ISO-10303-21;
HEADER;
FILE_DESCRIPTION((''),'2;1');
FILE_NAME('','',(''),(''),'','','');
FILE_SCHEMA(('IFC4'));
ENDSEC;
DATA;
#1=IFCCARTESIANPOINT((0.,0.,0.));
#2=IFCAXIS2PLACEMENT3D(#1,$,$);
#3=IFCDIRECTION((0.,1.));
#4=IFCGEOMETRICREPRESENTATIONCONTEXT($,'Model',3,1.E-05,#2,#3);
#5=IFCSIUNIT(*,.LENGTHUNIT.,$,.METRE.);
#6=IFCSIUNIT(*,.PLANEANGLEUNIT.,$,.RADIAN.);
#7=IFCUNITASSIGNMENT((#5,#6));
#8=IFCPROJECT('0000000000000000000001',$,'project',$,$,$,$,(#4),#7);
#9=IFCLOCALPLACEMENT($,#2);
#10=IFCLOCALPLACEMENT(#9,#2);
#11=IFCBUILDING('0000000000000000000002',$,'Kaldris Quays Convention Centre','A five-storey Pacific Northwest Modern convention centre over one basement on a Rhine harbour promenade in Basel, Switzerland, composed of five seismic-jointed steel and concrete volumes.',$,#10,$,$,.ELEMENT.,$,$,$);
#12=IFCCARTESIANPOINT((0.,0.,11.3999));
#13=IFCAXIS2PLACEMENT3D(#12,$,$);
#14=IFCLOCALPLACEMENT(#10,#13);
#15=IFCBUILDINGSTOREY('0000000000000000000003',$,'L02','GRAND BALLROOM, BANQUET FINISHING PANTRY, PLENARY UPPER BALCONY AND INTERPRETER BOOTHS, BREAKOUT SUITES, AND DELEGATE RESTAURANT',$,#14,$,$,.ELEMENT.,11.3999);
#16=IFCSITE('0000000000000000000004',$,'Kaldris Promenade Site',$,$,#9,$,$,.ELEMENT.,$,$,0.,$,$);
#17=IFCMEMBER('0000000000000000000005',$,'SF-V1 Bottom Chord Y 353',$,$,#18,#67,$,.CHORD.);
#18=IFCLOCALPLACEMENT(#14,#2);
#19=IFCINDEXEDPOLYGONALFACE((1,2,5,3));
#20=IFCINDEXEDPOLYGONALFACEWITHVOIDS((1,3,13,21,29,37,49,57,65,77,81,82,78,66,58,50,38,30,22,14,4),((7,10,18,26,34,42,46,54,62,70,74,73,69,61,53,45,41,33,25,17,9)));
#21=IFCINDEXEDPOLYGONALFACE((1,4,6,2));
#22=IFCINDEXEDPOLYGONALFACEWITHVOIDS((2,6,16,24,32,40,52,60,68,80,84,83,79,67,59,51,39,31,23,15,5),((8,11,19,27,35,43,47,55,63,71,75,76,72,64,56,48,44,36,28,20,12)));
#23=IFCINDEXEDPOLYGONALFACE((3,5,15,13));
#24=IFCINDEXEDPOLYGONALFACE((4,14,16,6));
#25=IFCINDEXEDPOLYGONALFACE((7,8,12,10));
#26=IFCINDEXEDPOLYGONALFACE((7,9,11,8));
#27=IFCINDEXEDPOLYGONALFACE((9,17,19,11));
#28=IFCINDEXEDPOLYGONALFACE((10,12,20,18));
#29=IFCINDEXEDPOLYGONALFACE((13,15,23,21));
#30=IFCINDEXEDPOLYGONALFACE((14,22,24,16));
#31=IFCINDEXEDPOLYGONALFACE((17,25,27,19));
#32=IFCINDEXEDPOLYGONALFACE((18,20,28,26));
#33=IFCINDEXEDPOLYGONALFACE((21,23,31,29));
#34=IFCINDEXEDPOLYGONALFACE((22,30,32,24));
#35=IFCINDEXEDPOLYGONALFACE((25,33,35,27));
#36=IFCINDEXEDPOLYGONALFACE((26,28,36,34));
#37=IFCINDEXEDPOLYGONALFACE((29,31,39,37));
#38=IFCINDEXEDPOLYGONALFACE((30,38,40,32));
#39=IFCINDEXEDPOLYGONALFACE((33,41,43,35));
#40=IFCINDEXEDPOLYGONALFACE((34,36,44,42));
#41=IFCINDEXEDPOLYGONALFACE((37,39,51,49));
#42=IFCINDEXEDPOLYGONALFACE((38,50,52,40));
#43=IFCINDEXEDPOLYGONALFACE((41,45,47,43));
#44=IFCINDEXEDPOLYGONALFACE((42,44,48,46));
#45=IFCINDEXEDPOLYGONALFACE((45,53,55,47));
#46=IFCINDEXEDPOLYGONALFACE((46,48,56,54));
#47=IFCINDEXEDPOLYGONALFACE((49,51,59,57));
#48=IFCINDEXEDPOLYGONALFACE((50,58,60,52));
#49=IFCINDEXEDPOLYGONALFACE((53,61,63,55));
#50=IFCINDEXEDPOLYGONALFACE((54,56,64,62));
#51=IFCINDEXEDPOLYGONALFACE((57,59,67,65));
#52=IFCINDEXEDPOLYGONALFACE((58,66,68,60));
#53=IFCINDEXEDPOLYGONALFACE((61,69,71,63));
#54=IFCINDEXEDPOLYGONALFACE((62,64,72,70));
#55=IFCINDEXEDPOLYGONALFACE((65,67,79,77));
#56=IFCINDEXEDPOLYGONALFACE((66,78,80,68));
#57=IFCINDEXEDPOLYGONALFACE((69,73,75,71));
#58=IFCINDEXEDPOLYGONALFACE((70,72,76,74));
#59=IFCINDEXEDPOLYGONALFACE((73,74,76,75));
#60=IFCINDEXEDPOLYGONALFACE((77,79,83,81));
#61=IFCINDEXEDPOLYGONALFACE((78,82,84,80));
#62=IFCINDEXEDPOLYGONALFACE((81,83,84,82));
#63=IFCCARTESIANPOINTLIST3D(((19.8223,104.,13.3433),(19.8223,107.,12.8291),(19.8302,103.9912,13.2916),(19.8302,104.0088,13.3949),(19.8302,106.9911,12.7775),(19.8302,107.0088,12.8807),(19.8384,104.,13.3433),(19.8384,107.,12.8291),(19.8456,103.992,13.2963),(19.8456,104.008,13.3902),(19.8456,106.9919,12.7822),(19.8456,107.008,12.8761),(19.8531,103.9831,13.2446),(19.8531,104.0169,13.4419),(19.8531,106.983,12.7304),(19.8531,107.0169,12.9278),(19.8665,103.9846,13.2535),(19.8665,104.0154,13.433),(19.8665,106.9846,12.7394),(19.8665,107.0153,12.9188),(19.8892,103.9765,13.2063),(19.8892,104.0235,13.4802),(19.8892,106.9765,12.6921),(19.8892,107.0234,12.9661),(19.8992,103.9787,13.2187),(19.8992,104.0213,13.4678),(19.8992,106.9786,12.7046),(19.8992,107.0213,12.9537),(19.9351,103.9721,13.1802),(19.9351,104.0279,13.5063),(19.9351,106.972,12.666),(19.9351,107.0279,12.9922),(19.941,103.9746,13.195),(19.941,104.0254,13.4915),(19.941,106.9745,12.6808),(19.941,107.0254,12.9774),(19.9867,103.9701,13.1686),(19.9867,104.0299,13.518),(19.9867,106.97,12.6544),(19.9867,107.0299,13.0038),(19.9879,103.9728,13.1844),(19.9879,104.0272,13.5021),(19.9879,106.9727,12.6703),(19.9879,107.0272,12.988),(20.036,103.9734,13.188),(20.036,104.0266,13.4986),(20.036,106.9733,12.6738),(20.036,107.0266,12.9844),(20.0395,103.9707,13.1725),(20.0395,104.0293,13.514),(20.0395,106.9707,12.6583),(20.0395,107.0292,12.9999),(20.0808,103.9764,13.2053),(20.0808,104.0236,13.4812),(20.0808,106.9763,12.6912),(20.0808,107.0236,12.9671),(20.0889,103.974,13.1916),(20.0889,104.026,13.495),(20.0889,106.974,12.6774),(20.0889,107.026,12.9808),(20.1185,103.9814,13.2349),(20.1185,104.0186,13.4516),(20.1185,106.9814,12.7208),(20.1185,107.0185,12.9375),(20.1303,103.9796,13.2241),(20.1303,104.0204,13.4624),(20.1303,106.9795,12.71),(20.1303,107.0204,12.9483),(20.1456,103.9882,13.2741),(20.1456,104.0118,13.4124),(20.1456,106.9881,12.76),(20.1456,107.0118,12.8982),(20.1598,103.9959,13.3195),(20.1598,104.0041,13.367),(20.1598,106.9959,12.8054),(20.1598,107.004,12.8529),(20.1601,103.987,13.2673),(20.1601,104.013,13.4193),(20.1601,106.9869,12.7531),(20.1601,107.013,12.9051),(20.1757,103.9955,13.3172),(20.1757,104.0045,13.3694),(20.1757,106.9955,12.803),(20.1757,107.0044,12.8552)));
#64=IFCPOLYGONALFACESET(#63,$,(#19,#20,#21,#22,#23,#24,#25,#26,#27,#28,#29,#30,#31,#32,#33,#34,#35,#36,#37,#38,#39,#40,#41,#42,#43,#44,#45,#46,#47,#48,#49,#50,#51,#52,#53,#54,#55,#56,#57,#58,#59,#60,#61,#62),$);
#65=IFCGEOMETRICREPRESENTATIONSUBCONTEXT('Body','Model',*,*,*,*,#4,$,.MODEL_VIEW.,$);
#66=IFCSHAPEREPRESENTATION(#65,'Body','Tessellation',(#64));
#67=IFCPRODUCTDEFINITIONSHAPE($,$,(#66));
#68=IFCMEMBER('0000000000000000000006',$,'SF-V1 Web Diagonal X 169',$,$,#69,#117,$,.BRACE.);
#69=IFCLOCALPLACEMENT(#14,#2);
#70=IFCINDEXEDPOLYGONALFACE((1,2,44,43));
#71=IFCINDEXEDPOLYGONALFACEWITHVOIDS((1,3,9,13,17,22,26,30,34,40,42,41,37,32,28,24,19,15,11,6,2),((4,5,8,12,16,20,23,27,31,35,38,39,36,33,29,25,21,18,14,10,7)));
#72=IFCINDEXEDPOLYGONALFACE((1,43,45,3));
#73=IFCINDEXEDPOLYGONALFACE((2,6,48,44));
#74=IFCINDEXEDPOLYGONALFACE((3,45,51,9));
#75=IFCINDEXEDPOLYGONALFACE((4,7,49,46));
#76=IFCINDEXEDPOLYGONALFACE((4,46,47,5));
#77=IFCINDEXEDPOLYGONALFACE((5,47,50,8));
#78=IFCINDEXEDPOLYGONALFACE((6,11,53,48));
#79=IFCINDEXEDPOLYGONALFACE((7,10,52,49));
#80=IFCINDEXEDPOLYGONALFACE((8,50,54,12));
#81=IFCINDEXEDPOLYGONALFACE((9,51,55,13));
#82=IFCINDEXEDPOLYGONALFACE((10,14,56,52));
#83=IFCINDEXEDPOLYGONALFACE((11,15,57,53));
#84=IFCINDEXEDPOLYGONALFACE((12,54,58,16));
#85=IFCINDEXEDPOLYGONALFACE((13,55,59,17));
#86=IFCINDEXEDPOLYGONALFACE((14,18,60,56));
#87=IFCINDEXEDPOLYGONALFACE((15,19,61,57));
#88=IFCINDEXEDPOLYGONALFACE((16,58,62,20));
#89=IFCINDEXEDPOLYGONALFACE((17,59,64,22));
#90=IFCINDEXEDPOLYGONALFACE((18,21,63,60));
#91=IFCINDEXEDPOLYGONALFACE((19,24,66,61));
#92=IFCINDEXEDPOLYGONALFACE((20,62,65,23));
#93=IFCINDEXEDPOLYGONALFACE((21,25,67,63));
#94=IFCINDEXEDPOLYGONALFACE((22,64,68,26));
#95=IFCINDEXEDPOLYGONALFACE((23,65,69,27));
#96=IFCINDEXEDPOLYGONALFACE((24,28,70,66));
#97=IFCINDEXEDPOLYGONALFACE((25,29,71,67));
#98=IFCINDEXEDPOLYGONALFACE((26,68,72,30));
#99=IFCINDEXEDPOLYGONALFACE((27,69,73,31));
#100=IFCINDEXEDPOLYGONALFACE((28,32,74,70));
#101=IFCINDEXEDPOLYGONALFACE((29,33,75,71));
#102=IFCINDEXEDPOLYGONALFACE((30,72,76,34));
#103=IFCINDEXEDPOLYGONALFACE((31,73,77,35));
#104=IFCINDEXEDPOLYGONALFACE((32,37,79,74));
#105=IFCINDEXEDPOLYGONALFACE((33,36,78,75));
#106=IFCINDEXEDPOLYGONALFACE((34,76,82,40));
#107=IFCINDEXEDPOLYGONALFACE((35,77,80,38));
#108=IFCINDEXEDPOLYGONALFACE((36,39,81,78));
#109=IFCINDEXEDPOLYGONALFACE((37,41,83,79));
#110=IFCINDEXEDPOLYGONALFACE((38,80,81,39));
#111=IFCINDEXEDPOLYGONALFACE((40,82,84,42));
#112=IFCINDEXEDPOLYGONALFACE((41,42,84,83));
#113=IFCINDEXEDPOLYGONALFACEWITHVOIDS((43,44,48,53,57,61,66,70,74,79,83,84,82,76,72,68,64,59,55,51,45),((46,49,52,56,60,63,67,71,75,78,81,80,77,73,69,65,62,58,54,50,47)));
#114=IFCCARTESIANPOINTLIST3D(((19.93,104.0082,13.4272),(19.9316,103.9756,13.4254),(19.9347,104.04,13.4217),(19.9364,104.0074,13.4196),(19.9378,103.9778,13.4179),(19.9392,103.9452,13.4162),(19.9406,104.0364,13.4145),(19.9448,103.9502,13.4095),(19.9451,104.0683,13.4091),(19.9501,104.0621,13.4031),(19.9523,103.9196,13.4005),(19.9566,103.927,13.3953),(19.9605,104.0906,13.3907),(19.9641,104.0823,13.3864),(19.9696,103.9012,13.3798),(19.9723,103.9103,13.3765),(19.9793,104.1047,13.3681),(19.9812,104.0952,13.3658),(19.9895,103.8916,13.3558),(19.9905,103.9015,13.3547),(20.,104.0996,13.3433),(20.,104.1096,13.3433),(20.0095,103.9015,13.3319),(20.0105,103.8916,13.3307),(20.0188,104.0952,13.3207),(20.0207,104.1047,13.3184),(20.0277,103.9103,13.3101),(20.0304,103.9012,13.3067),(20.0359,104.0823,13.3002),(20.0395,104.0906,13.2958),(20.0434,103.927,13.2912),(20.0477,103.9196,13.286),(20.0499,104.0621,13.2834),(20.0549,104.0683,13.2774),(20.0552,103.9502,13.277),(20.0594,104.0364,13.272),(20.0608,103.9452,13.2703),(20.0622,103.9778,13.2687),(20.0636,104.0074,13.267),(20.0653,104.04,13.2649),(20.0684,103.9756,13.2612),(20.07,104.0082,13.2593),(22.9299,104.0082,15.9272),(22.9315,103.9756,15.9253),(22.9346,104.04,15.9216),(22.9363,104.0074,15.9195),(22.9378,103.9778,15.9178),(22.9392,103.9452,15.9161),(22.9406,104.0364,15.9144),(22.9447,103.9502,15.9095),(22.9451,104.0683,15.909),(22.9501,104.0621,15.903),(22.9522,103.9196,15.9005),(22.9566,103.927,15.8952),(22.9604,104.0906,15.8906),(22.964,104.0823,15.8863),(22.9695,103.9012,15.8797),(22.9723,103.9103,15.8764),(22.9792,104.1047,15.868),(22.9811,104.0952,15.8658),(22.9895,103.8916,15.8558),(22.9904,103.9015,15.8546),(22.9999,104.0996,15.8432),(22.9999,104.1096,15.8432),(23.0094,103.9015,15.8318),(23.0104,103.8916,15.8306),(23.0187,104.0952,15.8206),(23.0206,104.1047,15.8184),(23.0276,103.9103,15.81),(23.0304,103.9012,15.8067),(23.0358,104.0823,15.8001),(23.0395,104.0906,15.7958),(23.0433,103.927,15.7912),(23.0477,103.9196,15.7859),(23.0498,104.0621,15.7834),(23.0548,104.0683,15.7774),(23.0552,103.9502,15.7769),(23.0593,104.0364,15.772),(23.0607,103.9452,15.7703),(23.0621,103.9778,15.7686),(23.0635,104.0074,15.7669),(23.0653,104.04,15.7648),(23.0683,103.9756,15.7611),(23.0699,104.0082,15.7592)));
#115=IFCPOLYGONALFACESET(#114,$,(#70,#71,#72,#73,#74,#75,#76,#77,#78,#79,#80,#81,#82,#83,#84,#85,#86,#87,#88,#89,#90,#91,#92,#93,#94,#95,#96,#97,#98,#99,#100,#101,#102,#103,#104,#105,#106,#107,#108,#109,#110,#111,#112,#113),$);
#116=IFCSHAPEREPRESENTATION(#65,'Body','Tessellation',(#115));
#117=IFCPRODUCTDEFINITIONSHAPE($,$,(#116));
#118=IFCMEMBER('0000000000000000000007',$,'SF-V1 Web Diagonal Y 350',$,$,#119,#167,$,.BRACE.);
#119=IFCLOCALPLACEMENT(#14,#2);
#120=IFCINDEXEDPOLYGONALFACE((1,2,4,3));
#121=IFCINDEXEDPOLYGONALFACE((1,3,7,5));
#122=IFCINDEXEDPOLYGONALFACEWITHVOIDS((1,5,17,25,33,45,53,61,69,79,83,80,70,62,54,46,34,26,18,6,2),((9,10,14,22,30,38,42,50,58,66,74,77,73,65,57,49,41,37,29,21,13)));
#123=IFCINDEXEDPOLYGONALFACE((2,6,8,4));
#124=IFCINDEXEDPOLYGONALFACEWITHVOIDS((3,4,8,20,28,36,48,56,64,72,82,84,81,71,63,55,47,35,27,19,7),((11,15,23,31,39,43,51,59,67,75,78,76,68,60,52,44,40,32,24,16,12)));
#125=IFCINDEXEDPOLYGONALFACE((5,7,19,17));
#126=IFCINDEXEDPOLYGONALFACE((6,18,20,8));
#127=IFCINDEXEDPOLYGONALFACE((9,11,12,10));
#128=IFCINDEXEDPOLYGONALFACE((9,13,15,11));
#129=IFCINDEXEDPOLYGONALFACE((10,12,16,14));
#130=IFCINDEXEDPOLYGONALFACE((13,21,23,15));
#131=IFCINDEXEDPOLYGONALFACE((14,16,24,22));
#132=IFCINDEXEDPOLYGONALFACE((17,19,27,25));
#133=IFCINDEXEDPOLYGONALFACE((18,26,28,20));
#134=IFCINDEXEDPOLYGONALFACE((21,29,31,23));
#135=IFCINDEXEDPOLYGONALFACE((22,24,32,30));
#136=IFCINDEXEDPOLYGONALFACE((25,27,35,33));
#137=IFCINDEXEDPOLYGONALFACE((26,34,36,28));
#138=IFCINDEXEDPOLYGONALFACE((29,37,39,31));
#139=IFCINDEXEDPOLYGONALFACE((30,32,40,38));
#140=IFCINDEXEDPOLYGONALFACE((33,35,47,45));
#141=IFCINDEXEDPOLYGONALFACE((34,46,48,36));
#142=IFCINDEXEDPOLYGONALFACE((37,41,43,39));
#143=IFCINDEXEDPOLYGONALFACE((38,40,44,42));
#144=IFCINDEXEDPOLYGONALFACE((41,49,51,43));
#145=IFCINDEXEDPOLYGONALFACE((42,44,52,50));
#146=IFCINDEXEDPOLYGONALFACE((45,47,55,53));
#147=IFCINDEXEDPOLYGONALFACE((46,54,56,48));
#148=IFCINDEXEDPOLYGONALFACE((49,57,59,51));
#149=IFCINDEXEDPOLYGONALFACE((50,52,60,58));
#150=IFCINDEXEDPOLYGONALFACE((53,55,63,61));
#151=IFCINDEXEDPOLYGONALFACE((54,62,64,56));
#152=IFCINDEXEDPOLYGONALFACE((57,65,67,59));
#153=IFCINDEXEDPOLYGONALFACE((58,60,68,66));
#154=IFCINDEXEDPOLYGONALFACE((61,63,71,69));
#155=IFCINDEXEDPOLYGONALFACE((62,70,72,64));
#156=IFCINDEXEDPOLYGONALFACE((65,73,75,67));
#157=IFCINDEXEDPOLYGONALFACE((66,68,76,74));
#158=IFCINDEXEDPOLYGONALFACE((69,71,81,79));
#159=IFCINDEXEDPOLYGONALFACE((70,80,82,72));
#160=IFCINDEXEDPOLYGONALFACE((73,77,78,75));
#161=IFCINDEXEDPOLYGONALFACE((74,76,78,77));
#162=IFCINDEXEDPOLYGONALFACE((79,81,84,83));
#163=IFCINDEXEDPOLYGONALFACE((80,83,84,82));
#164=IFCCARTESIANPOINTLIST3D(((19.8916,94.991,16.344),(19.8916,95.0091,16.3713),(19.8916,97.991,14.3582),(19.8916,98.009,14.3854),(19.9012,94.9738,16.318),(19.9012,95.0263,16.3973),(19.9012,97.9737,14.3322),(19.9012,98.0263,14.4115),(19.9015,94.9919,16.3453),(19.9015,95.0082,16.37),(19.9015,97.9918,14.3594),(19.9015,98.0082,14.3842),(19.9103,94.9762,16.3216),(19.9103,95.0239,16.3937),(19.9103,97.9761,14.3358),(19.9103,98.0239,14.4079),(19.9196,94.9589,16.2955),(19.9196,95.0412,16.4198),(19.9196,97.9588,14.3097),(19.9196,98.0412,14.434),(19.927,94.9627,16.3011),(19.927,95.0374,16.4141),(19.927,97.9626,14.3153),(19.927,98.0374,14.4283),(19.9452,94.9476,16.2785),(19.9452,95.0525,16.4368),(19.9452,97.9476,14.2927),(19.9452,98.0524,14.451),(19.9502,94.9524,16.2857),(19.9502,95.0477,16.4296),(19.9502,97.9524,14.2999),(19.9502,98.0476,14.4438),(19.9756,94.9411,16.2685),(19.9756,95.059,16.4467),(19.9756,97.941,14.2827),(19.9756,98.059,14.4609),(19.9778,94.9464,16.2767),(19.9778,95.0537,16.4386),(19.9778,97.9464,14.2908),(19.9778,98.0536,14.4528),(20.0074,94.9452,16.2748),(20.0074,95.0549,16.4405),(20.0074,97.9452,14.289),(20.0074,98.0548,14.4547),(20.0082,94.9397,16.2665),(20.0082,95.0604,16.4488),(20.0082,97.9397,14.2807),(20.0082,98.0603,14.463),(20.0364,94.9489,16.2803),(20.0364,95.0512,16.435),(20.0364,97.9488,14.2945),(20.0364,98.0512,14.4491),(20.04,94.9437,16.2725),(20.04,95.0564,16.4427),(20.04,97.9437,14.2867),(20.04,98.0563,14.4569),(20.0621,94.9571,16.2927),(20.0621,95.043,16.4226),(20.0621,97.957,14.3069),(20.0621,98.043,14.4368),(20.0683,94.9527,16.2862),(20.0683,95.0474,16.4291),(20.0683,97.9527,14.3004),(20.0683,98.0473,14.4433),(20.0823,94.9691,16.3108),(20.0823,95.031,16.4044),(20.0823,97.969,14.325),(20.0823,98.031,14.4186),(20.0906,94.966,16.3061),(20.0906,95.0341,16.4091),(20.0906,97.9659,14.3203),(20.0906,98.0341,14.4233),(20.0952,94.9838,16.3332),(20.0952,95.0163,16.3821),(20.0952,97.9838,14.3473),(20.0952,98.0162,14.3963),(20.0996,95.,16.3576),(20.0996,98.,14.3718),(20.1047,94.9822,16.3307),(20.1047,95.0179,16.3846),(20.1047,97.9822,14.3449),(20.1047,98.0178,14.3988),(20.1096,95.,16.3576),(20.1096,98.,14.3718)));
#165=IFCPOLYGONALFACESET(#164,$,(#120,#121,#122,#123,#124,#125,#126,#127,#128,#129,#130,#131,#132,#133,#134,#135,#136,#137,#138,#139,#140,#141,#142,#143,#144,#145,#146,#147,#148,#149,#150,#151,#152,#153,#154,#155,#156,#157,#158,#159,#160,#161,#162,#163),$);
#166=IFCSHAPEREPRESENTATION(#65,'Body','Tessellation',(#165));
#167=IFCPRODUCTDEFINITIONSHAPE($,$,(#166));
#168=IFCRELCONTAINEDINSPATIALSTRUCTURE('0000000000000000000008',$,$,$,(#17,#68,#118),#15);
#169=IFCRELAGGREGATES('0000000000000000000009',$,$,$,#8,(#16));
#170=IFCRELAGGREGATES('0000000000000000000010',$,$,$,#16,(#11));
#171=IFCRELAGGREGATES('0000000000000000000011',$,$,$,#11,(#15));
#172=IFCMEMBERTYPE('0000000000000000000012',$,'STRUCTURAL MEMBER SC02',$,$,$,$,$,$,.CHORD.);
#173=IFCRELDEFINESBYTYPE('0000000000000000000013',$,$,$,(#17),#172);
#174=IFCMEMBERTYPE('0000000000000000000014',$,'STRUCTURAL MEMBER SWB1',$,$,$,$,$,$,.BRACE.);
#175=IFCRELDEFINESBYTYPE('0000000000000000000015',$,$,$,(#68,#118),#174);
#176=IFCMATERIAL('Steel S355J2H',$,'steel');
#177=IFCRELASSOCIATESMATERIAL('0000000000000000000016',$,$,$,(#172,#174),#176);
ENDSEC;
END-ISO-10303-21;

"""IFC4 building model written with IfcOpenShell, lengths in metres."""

from ifc_helpers import new_model, si_unit, direction, frame, origin, origin_2d, place, context, subcontext, project, spatial, hollow_circle, extrude, material, material_profile, profile_set, type_object, element, save


model = new_model("IFC4")

# Units and contexts
model_context = context("Model", 3, precision=1e-05, world=origin(), true_north=direction((0.0, 1.0)))
body_context = subcontext(model_context, "Body", "Model", "MODEL_VIEW")
ifc_project = project(units=[si_unit("LENGTHUNIT", "METRE"), si_unit("PLANEANGLEUNIT", "RADIAN")], contexts=[model_context])

# Site, building, storey
site_placement = place(None, origin())
site = spatial("IfcSite", under=ifc_project, at=site_placement, Name="Kaldris Promenade Site", CompositionType="ELEMENT", RefElevation=0.0)
building_placement = place(site_placement, origin())
building = spatial("IfcBuilding", under=site, at=building_placement, Name="Kaldris Quays Convention Centre", Description="A five-storey Pacific Northwest Modern convention centre over one basement on a Rhine harbour promenade in Basel, Switzerland, composed of five seismic-jointed steel and concrete volumes.", CompositionType="ELEMENT")
storey_placement = place(building_placement, frame((0.0, 0.0, 11.3999)))
storey = spatial("IfcBuildingStorey", under=building, at=storey_placement, Name="L02", Description="GRAND BALLROOM, BANQUET FINISHING PANTRY, PLENARY UPPER BALCONY AND INTERPRETER BOOTHS, BREAKOUT SUITES, AND DELEGATE RESTAURANT", CompositionType="ELEMENT", Elevation=11.3999)

# Members
ifc_material_1 = material(Name="Steel S355J2H", Category="steel")
ifc_material_profile_1 = material_profile(ifc_material_1, hollow_circle(Radius=0.1777, WallThickness=0.0161, at=origin_2d()), Name="CHS 355.6x16")
ifc_profile_set_1 = profile_set([ifc_material_profile_1], Name="Steel S355J2H")
member_type_1 = type_object("IfcMemberType", Name="STRUCTURAL MEMBER SC02", PredefinedType="CHORD", material=ifc_profile_set_1)
for number, where, z_axis, x_axis, name in (
    (1, (20.0, 104.0, 13.3433), (0.0, 0.985629, -0.168924), (-1.0, 0.0, 0.0), "SF-V1 Bottom Chord Y 353"),
):
    element("IfcMember", number, at=place(storey_placement, frame(where, z_axis=z_axis, x_axis=x_axis)), inside=storey, type_object=member_type_1, Name=name, PredefinedType="CHORD", context=body_context, shape_type="SweptSolid", body=[
        extrude(hollow_circle(Radius=0.1777, WallThickness=0.0161, at=origin_2d()), origin(), (0.0, 0.0, 1.0), 3.0437),
    ])
ifc_material_profile_2 = material_profile(ifc_material_1, hollow_circle(Radius=0.1096, WallThickness=0.01, at=origin_2d()), Name="CHS 219.1x10")
ifc_profile_set_2 = profile_set([ifc_material_profile_2], Name="Steel S355J2H")
member_type_2 = type_object("IfcMemberType", Name="STRUCTURAL MEMBER SWB1", PredefinedType="BRACE", material=ifc_profile_set_2)
member_1_placement = place(storey_placement, frame((20.0, 104.0, 13.3433), z_axis=(0.768221, 0.0, 0.640184), x_axis=(0.0, 1.0, 0.0)))
element("IfcMember", 2, at=member_1_placement, inside=storey, type_object=member_type_2, Name="SF-V1 Web Diagonal X 169", PredefinedType="BRACE", context=body_context, shape_type="SweptSolid", body=[
    extrude(hollow_circle(Radius=0.1096, WallThickness=0.01, at=origin_2d()), origin(), (0.0, 0.0, 1.0), 3.905),
])
for number, where, z_axis, x_axis, name in (
    (3, (20.0, 98.0, 14.3718), (0.0, -0.833862, 0.551972), (1.0, 0.0, 0.0), "SF-V1 Web Diagonal Y 350"),
):
    element("IfcMember", number, at=place(storey_placement, frame(where, z_axis=z_axis, x_axis=x_axis)), inside=storey, type_object=member_type_2, Name=name, PredefinedType="BRACE", context=body_context, shape_type="SweptSolid", body=[
        extrude(hollow_circle(Radius=0.1096, WallThickness=0.01, at=origin_2d()), origin(), (0.0, 0.0, 1.0), 3.5977),
    ])

save(model, "model.ifc")
